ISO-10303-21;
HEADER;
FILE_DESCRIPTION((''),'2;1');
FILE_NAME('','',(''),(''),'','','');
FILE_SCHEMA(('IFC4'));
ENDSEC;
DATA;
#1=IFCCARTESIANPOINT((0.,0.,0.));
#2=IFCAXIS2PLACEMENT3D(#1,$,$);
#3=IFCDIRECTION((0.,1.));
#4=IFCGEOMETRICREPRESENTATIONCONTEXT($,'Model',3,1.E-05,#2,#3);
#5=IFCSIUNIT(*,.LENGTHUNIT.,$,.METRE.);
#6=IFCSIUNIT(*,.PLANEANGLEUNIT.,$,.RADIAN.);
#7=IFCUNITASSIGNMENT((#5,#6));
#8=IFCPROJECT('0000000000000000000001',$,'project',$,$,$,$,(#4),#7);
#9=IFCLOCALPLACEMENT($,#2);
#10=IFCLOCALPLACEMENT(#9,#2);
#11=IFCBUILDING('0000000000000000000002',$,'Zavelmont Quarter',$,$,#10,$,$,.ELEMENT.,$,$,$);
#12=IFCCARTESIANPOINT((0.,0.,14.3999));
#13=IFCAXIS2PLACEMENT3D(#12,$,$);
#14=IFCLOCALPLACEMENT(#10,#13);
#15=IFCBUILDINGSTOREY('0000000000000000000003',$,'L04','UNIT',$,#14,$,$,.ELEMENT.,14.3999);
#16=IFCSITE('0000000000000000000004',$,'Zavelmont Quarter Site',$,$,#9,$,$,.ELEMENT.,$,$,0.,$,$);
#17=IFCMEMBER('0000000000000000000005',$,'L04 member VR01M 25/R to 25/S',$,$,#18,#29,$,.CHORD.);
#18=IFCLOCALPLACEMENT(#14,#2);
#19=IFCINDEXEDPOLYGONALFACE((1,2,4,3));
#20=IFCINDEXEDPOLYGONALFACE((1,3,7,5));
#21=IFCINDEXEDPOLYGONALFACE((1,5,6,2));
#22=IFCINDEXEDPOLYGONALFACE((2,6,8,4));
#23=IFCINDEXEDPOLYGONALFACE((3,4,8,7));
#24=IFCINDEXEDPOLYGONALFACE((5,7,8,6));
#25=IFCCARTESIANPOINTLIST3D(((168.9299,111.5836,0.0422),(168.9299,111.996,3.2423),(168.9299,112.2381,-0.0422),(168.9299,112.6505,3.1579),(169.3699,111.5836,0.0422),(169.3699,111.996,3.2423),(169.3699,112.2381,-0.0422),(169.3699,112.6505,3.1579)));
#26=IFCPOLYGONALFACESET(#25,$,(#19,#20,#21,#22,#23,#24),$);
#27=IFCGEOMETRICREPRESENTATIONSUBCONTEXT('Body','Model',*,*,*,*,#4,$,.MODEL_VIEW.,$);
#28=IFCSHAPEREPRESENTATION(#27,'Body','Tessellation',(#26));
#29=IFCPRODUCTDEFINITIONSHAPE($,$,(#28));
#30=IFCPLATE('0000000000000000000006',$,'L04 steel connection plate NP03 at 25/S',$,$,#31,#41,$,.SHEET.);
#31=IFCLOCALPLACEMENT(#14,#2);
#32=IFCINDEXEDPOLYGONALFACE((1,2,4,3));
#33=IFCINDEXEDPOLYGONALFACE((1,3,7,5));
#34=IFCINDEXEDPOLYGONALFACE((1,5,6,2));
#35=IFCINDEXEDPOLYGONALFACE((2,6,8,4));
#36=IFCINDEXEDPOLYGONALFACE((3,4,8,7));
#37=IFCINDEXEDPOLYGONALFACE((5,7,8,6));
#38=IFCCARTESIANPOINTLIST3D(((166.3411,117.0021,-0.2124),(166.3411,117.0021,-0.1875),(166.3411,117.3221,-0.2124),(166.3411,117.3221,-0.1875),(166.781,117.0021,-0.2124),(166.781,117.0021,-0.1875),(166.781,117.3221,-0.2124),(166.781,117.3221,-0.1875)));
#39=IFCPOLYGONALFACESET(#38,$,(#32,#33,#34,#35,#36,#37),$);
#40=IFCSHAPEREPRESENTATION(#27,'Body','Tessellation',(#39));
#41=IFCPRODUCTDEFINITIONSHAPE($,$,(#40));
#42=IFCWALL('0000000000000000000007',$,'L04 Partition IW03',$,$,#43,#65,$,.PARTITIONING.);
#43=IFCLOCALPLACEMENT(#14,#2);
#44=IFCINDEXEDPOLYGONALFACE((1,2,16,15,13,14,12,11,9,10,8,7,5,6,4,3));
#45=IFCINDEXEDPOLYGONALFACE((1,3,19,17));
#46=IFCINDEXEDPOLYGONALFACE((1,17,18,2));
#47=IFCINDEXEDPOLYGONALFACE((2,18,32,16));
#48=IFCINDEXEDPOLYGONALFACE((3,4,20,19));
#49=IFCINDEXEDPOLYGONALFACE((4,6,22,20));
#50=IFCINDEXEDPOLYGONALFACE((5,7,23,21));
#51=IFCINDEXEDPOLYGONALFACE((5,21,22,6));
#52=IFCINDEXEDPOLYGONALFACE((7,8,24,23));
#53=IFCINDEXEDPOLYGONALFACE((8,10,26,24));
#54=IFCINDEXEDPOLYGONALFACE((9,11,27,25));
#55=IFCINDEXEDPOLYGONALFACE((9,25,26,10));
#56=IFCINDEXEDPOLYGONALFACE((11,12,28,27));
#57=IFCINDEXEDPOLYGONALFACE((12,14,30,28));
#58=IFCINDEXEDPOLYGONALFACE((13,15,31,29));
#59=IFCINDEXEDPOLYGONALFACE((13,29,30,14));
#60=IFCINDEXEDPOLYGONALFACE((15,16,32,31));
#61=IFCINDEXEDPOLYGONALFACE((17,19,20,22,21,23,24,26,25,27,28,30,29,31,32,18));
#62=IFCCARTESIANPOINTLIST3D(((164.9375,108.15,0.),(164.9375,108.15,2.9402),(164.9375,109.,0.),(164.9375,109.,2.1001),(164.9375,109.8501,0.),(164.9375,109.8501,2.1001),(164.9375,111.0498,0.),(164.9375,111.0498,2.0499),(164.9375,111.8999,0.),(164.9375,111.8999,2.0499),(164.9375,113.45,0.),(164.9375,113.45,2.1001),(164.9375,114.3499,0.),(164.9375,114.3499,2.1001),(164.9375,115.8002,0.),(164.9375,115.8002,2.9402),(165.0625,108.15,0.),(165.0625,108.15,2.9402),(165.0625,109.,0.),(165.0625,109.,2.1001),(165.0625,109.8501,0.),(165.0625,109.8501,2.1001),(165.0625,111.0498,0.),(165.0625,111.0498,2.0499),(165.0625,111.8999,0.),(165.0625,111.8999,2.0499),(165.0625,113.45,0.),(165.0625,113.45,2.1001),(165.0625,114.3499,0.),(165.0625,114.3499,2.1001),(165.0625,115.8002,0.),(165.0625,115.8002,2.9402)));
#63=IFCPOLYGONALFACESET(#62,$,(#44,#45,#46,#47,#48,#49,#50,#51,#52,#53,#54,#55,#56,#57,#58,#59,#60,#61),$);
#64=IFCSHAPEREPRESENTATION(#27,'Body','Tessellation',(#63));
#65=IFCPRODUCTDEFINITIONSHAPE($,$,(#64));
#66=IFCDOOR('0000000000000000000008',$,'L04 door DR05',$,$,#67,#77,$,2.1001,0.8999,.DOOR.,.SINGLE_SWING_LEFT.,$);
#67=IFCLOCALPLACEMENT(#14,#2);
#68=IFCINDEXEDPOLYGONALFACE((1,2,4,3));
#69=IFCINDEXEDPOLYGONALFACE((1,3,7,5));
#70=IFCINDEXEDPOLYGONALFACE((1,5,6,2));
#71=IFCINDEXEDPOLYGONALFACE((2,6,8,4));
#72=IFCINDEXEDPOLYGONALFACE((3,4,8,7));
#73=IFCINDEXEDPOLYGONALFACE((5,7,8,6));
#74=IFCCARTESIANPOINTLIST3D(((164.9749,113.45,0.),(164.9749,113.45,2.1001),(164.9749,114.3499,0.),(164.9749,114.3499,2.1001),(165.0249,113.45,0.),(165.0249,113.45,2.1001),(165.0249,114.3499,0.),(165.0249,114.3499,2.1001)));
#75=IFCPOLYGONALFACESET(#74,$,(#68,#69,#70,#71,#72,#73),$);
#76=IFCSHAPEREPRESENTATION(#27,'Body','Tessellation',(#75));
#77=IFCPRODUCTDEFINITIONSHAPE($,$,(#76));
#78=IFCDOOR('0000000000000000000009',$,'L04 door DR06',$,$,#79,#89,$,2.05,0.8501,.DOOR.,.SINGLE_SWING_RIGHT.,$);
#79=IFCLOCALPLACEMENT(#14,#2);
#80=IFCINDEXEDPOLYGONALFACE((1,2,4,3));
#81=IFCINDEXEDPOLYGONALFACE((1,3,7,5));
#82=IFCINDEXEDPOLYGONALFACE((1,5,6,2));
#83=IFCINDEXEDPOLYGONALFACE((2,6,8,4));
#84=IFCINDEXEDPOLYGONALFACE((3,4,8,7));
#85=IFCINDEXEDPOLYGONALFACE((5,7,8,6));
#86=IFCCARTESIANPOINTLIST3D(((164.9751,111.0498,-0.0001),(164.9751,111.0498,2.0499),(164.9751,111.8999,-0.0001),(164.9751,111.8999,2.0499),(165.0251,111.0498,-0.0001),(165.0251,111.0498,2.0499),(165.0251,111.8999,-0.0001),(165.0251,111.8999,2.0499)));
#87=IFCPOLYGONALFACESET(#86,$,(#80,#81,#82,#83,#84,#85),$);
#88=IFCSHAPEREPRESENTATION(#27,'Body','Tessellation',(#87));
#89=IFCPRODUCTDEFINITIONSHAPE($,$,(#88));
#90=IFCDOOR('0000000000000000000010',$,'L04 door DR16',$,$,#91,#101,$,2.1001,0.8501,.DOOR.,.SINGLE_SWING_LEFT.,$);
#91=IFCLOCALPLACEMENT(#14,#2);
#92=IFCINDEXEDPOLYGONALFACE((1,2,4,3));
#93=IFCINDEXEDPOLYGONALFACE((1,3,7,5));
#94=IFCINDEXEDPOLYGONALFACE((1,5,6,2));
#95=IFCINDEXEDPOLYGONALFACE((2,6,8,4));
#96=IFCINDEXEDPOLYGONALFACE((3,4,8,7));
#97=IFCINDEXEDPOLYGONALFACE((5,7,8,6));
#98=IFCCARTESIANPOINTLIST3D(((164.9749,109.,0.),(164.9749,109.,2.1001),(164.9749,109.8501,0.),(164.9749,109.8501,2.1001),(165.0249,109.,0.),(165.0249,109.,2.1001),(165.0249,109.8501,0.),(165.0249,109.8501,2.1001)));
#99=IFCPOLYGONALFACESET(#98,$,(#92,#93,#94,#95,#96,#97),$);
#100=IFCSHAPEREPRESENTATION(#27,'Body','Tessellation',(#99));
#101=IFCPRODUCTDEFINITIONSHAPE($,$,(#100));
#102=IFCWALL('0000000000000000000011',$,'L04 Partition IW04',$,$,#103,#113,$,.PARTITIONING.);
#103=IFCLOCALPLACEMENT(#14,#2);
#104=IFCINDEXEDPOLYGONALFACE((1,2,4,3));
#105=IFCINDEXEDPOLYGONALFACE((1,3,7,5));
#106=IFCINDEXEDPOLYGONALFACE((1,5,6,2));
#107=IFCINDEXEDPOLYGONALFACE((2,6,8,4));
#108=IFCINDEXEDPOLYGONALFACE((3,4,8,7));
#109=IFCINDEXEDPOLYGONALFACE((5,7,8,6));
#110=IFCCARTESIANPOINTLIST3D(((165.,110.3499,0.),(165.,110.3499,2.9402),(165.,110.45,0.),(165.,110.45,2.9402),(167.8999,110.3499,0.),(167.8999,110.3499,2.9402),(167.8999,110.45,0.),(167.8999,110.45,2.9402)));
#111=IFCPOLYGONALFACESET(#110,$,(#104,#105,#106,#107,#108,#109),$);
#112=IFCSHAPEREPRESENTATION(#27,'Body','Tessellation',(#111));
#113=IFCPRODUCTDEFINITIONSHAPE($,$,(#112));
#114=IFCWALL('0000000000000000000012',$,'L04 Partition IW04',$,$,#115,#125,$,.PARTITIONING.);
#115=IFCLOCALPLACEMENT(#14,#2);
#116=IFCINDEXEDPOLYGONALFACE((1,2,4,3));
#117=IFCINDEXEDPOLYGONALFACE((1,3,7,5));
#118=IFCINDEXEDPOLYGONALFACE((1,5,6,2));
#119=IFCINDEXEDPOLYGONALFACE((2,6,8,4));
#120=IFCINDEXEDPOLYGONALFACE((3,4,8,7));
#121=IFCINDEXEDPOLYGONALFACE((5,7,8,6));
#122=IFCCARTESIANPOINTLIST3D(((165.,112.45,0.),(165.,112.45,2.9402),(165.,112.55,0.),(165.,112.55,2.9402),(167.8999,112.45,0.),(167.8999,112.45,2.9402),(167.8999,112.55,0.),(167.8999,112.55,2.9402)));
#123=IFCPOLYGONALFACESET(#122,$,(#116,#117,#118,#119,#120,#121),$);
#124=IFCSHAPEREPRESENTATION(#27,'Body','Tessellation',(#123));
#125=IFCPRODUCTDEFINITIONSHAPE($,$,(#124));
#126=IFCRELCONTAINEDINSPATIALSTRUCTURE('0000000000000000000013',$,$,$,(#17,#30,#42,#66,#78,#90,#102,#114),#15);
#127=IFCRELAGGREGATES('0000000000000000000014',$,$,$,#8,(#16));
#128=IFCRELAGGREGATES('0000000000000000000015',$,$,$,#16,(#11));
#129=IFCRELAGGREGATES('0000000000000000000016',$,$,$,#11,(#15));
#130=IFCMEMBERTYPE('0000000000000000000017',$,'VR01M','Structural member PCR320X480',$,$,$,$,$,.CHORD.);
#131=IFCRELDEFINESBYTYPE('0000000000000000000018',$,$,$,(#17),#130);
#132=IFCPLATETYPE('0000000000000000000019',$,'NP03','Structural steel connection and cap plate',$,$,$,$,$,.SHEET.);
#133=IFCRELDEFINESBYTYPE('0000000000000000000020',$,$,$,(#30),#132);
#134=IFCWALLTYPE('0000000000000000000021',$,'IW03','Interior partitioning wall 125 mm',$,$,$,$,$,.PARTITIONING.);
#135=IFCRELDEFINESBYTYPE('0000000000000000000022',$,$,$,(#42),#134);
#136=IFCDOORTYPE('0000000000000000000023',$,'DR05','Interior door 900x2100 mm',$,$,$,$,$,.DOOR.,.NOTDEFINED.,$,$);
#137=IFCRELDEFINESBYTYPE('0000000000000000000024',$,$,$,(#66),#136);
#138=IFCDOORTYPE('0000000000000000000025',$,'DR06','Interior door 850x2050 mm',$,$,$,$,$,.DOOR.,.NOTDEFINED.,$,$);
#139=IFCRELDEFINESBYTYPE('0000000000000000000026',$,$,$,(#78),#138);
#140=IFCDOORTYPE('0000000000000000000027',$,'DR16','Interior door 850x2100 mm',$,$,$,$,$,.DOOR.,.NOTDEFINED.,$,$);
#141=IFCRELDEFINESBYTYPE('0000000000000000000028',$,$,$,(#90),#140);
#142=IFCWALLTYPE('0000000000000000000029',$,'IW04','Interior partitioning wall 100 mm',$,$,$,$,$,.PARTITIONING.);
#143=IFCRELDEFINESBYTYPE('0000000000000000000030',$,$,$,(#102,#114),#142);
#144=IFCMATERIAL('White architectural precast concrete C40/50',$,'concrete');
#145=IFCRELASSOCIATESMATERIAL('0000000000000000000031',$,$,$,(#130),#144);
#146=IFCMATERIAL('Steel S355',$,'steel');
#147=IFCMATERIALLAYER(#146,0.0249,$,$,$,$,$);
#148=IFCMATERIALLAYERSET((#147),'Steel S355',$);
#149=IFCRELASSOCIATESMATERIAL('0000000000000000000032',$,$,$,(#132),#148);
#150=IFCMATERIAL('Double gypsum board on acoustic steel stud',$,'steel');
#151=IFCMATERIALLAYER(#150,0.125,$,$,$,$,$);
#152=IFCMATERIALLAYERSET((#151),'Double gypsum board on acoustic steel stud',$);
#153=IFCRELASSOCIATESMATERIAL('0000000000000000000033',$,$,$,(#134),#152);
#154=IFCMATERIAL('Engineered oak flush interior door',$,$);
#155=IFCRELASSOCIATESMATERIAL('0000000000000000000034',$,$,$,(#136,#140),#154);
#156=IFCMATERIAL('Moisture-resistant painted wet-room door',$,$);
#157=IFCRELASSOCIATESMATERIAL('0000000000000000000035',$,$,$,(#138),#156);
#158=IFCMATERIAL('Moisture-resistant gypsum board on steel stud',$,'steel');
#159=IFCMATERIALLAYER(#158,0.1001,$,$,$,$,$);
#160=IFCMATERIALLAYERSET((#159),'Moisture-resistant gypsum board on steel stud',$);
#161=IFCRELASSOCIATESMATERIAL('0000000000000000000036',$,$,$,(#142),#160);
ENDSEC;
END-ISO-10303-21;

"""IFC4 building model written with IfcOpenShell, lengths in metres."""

from ifc_helpers import new_model, si_unit, direction, frame, frame_2d, origin, origin_with_axes, origin_2d, place, context, subcontext, project, spatial, rectangle, extrude, material, layer, layer_set, material_profile, profile_set, type_object, element, fill, save


model = new_model("IFC4")

# Units and contexts
model_context = context("Model", 3, precision=1e-05, world=origin(), true_north=direction((0.0, 1.0)))
body_context = subcontext(model_context, "Body", "Model", "MODEL_VIEW")
ifc_project = project(units=[si_unit("LENGTHUNIT", "METRE"), si_unit("PLANEANGLEUNIT", "RADIAN")], contexts=[model_context])

# Site, building, storey
site_placement = place(None, origin())
site = spatial("IfcSite", under=ifc_project, at=site_placement, Name="Zavelmont Quarter Site", CompositionType="ELEMENT", RefElevation=0.0)
building_placement = place(site_placement, origin())
building = spatial("IfcBuilding", under=site, at=building_placement, Name="Zavelmont Quarter", CompositionType="ELEMENT")
storey_placement = place(building_placement, frame((0.0, 0.0, 14.3999)))
storey = spatial("IfcBuildingStorey", under=building, at=storey_placement, Name="L04", Description="UNIT", CompositionType="ELEMENT", Elevation=14.3999)

# Shared definitions
ifc_material_1 = material(Name="Steel S355", Category="steel")

# Member
ifc_material_2 = material(Name="White architectural precast concrete C40/50", Category="concrete")
ifc_material_profile_1 = material_profile(ifc_material_2, rectangle(XDim=0.4399, YDim=0.6599, at=origin_2d()), Name="PCR320X480")
ifc_profile_set_1 = profile_set([ifc_material_profile_1], Name="White architectural precast concrete C40/50")
member_type = type_object("IfcMemberType", Name="VR01M", Description="Structural member PCR320X480", PredefinedType="CHORD", material=ifc_profile_set_1)
member_1_placement = place(storey_placement, frame((169.1499, 111.9109, 0.0), z_axis=(0.0, 0.127796, 0.9918), x_axis=(-1.0, 0.0, 0.0)))
element("IfcMember", 1, at=member_1_placement, inside=storey, type_object=member_type, Name="L04 member VR01M 25/R to 25/S", PredefinedType="CHORD", context=body_context, shape_type="SweptSolid", body=[
    extrude(rectangle(XDim=0.4399, YDim=0.6599, at=origin_2d()), origin(), (0.0, 0.0, 1.0), 3.2266),
])

# Plate
ifc_layer_1 = layer(ifc_material_1, 0.0249)
ifc_layer_set_1 = layer_set([ifc_layer_1], Name="Steel S355")
plate_type = type_object("IfcPlateType", Name="NP03", Description="Structural steel connection and cap plate", PredefinedType="SHEET", material=ifc_layer_set_1)
plate_placement = place(storey_placement, frame((166.561, 117.1621, -0.2124), z_axis=(0.0, 0.0, 1.0), x_axis=(1.0, 0.0, 0.0)))
element("IfcPlate", 2, at=plate_placement, inside=storey, type_object=plate_type, Name="L04 steel connection plate NP03 at 25/S", PredefinedType="SHEET", context=body_context, shape_type="SweptSolid", body=[
    extrude(rectangle(XDim=0.4399, YDim=0.3201, at=origin_2d()), origin(), (0.0, 0.0, 1.0), 0.0249),
])

# Wall, openings, doors
ifc_material_3 = material(Name="Double gypsum board on acoustic steel stud", Category="steel")
ifc_layer_2 = layer(ifc_material_3, 0.125)
ifc_layer_set_2 = layer_set([ifc_layer_2], Name="Double gypsum board on acoustic steel stud")
wall_type_1 = type_object("IfcWallType", Name="IW03", Description="Interior partitioning wall 125 mm", PredefinedType="PARTITIONING", material=ifc_layer_set_2)
wall_placement = place(storey_placement, frame((165.0, 108.1499, 0.0), z_axis=(0.0, 0.0, 1.0), x_axis=(0.0, 1.0, 0.0)))
wall = element("IfcWall", 3, at=wall_placement, inside=storey, type_object=wall_type_1, Name="L04 Partition IW03", PredefinedType="PARTITIONING", context=body_context, shape_type="SweptSolid", body=[
    extrude(rectangle(XDim=7.6501, YDim=0.125, at=frame_2d((3.8252, 0.0))), origin(), (0.0, 0.0, 1.0), 2.9402),
])
opening_1_placement = place(wall_placement, frame((0.8501, 0.0, 0.0)))
opening_1 = element("IfcOpeningElement", 4, at=opening_1_placement, cuts=wall, PredefinedType="OPENING", context=body_context, shape_type="SweptSolid", body=[
    extrude(rectangle(XDim=0.8501, YDim=2.1001, at=frame_2d((0.425, 1.05))), frame((0.0, 0.0745, 0.0), z_axis=(0.0, -1.0, 0.0), x_axis=(1.0, 0.0, 0.0)), (0.0, 0.0, 1.0), 0.1489),
])
opening_2_placement = place(wall_placement, frame((2.8999, 0.0, 0.0)))
opening_2 = element("IfcOpeningElement", 5, at=opening_2_placement, cuts=wall, PredefinedType="OPENING", context=body_context, shape_type="SweptSolid", body=[
    extrude(rectangle(XDim=0.8501, YDim=2.05, at=frame_2d((0.425, 1.0249))), frame((0.0, 0.0745, 0.0), z_axis=(0.0, -1.0, 0.0), x_axis=(1.0, 0.0, 0.0)), (0.0, 0.0, 1.0), 0.1489),
])
opening_3_placement = place(wall_placement, frame((5.3, 0.0, 0.0)))
opening_3 = element("IfcOpeningElement", 6, at=opening_3_placement, cuts=wall, PredefinedType="OPENING", context=body_context, shape_type="SweptSolid", body=[
    extrude(rectangle(XDim=0.8999, YDim=2.1001, at=frame_2d((0.45, 1.05))), frame((0.0, 0.0745, 0.0), z_axis=(0.0, -1.0, 0.0), x_axis=(1.0, 0.0, 0.0)), (0.0, 0.0, 1.0), 0.1489),
])
ifc_material_4 = material(Name="Engineered oak flush interior door")
door_type_1 = type_object("IfcDoorType", Name="DR05", Description="Interior door 900x2100 mm", OperationType="NOTDEFINED", PredefinedType="DOOR", material=ifc_material_4)
door_1_placement = place(opening_3_placement, frame((0.8999, 0.0, 0.0), z_axis=(0.0, 0.0, 1.0), x_axis=(-1.0, 0.0, 0.0)))
door_1 = element("IfcDoor", 7, at=door_1_placement, inside=storey, type_object=door_type_1, Name="L04 door DR05", OperationType="SINGLE_SWING_LEFT", OverallHeight=2.1001, OverallWidth=0.8999, PredefinedType="DOOR", context=body_context, shape_type="SweptSolid", body=[
    extrude(rectangle(XDim=0.8999, YDim=2.1001, at=frame_2d((0.45, 1.05))), frame((0.0, 0.0249, 0.0), z_axis=(0.0, -1.0, 0.0), x_axis=(1.0, 0.0, 0.0)), (0.0, 0.0, 1.0), 0.05),
])
fill(opening_3, door_1)
ifc_material_5 = material(Name="Moisture-resistant painted wet-room door")
door_type_2 = type_object("IfcDoorType", Name="DR06", Description="Interior door 850x2050 mm", OperationType="NOTDEFINED", PredefinedType="DOOR", material=ifc_material_5)
door_2_placement = place(opening_2_placement, origin_with_axes())
door_2 = element("IfcDoor", 8, at=door_2_placement, inside=storey, type_object=door_type_2, Name="L04 door DR06", OperationType="SINGLE_SWING_RIGHT", OverallHeight=2.05, OverallWidth=0.8501, PredefinedType="DOOR", context=body_context, shape_type="SweptSolid", body=[
    extrude(rectangle(XDim=0.8501, YDim=2.05, at=frame_2d((0.425, 1.0249))), frame((0.0, 0.0249, 0.0), z_axis=(0.0, -1.0, 0.0), x_axis=(1.0, 0.0, 0.0)), (0.0, 0.0, 1.0), 0.05),
])
fill(opening_2, door_2)
door_type_3 = type_object("IfcDoorType", Name="DR16", Description="Interior door 850x2100 mm", OperationType="NOTDEFINED", PredefinedType="DOOR", material=ifc_material_4)
door_3_placement = place(opening_1_placement, frame((0.8501, 0.0, 0.0), z_axis=(0.0, 0.0, 1.0), x_axis=(-1.0, 0.0, 0.0)))
door_3 = element("IfcDoor", 9, at=door_3_placement, inside=storey, type_object=door_type_3, Name="L04 door DR16", OperationType="SINGLE_SWING_LEFT", OverallHeight=2.1001, OverallWidth=0.8501, PredefinedType="DOOR", context=body_context, shape_type="SweptSolid", body=[
    extrude(rectangle(XDim=0.8501, YDim=2.1001, at=frame_2d((0.425, 1.05))), frame((0.0, 0.0249, 0.0), z_axis=(0.0, -1.0, 0.0), x_axis=(1.0, 0.0, 0.0)), (0.0, 0.0, 1.0), 0.05),
])
fill(opening_1, door_3)

# Walls
ifc_material_6 = material(Name="Moisture-resistant gypsum board on steel stud", Category="steel")
ifc_layer_3 = layer(ifc_material_6, 0.1001)
ifc_layer_set_3 = layer_set([ifc_layer_3], Name="Moisture-resistant gypsum board on steel stud")
wall_type_2 = type_object("IfcWallType", Name="IW04", Description="Interior partitioning wall 100 mm", PredefinedType="PARTITIONING", material=ifc_layer_set_3)
for number, where, z_axis, x_axis, name in (
    (10, (165.0, 110.3999, 0.0), (0.0, 0.0, 1.0), (1.0, 0.0, 0.0), "L04 Partition IW04"),
    (11, (165.0, 112.5, 0.0), (0.0, 0.0, 1.0), (1.0, 0.0, 0.0), "L04 Partition IW04"),
):
    element("IfcWall", number, at=place(storey_placement, frame(where, z_axis=z_axis, x_axis=x_axis)), inside=storey, type_object=wall_type_2, Name=name, PredefinedType="PARTITIONING", context=body_context, shape_type="SweptSolid", body=[
        extrude(rectangle(XDim=2.8999, YDim=0.1001, at=frame_2d((1.45, 0.0))), origin(), (0.0, 0.0, 1.0), 2.9402),
    ])

save(model, "model.ifc")
